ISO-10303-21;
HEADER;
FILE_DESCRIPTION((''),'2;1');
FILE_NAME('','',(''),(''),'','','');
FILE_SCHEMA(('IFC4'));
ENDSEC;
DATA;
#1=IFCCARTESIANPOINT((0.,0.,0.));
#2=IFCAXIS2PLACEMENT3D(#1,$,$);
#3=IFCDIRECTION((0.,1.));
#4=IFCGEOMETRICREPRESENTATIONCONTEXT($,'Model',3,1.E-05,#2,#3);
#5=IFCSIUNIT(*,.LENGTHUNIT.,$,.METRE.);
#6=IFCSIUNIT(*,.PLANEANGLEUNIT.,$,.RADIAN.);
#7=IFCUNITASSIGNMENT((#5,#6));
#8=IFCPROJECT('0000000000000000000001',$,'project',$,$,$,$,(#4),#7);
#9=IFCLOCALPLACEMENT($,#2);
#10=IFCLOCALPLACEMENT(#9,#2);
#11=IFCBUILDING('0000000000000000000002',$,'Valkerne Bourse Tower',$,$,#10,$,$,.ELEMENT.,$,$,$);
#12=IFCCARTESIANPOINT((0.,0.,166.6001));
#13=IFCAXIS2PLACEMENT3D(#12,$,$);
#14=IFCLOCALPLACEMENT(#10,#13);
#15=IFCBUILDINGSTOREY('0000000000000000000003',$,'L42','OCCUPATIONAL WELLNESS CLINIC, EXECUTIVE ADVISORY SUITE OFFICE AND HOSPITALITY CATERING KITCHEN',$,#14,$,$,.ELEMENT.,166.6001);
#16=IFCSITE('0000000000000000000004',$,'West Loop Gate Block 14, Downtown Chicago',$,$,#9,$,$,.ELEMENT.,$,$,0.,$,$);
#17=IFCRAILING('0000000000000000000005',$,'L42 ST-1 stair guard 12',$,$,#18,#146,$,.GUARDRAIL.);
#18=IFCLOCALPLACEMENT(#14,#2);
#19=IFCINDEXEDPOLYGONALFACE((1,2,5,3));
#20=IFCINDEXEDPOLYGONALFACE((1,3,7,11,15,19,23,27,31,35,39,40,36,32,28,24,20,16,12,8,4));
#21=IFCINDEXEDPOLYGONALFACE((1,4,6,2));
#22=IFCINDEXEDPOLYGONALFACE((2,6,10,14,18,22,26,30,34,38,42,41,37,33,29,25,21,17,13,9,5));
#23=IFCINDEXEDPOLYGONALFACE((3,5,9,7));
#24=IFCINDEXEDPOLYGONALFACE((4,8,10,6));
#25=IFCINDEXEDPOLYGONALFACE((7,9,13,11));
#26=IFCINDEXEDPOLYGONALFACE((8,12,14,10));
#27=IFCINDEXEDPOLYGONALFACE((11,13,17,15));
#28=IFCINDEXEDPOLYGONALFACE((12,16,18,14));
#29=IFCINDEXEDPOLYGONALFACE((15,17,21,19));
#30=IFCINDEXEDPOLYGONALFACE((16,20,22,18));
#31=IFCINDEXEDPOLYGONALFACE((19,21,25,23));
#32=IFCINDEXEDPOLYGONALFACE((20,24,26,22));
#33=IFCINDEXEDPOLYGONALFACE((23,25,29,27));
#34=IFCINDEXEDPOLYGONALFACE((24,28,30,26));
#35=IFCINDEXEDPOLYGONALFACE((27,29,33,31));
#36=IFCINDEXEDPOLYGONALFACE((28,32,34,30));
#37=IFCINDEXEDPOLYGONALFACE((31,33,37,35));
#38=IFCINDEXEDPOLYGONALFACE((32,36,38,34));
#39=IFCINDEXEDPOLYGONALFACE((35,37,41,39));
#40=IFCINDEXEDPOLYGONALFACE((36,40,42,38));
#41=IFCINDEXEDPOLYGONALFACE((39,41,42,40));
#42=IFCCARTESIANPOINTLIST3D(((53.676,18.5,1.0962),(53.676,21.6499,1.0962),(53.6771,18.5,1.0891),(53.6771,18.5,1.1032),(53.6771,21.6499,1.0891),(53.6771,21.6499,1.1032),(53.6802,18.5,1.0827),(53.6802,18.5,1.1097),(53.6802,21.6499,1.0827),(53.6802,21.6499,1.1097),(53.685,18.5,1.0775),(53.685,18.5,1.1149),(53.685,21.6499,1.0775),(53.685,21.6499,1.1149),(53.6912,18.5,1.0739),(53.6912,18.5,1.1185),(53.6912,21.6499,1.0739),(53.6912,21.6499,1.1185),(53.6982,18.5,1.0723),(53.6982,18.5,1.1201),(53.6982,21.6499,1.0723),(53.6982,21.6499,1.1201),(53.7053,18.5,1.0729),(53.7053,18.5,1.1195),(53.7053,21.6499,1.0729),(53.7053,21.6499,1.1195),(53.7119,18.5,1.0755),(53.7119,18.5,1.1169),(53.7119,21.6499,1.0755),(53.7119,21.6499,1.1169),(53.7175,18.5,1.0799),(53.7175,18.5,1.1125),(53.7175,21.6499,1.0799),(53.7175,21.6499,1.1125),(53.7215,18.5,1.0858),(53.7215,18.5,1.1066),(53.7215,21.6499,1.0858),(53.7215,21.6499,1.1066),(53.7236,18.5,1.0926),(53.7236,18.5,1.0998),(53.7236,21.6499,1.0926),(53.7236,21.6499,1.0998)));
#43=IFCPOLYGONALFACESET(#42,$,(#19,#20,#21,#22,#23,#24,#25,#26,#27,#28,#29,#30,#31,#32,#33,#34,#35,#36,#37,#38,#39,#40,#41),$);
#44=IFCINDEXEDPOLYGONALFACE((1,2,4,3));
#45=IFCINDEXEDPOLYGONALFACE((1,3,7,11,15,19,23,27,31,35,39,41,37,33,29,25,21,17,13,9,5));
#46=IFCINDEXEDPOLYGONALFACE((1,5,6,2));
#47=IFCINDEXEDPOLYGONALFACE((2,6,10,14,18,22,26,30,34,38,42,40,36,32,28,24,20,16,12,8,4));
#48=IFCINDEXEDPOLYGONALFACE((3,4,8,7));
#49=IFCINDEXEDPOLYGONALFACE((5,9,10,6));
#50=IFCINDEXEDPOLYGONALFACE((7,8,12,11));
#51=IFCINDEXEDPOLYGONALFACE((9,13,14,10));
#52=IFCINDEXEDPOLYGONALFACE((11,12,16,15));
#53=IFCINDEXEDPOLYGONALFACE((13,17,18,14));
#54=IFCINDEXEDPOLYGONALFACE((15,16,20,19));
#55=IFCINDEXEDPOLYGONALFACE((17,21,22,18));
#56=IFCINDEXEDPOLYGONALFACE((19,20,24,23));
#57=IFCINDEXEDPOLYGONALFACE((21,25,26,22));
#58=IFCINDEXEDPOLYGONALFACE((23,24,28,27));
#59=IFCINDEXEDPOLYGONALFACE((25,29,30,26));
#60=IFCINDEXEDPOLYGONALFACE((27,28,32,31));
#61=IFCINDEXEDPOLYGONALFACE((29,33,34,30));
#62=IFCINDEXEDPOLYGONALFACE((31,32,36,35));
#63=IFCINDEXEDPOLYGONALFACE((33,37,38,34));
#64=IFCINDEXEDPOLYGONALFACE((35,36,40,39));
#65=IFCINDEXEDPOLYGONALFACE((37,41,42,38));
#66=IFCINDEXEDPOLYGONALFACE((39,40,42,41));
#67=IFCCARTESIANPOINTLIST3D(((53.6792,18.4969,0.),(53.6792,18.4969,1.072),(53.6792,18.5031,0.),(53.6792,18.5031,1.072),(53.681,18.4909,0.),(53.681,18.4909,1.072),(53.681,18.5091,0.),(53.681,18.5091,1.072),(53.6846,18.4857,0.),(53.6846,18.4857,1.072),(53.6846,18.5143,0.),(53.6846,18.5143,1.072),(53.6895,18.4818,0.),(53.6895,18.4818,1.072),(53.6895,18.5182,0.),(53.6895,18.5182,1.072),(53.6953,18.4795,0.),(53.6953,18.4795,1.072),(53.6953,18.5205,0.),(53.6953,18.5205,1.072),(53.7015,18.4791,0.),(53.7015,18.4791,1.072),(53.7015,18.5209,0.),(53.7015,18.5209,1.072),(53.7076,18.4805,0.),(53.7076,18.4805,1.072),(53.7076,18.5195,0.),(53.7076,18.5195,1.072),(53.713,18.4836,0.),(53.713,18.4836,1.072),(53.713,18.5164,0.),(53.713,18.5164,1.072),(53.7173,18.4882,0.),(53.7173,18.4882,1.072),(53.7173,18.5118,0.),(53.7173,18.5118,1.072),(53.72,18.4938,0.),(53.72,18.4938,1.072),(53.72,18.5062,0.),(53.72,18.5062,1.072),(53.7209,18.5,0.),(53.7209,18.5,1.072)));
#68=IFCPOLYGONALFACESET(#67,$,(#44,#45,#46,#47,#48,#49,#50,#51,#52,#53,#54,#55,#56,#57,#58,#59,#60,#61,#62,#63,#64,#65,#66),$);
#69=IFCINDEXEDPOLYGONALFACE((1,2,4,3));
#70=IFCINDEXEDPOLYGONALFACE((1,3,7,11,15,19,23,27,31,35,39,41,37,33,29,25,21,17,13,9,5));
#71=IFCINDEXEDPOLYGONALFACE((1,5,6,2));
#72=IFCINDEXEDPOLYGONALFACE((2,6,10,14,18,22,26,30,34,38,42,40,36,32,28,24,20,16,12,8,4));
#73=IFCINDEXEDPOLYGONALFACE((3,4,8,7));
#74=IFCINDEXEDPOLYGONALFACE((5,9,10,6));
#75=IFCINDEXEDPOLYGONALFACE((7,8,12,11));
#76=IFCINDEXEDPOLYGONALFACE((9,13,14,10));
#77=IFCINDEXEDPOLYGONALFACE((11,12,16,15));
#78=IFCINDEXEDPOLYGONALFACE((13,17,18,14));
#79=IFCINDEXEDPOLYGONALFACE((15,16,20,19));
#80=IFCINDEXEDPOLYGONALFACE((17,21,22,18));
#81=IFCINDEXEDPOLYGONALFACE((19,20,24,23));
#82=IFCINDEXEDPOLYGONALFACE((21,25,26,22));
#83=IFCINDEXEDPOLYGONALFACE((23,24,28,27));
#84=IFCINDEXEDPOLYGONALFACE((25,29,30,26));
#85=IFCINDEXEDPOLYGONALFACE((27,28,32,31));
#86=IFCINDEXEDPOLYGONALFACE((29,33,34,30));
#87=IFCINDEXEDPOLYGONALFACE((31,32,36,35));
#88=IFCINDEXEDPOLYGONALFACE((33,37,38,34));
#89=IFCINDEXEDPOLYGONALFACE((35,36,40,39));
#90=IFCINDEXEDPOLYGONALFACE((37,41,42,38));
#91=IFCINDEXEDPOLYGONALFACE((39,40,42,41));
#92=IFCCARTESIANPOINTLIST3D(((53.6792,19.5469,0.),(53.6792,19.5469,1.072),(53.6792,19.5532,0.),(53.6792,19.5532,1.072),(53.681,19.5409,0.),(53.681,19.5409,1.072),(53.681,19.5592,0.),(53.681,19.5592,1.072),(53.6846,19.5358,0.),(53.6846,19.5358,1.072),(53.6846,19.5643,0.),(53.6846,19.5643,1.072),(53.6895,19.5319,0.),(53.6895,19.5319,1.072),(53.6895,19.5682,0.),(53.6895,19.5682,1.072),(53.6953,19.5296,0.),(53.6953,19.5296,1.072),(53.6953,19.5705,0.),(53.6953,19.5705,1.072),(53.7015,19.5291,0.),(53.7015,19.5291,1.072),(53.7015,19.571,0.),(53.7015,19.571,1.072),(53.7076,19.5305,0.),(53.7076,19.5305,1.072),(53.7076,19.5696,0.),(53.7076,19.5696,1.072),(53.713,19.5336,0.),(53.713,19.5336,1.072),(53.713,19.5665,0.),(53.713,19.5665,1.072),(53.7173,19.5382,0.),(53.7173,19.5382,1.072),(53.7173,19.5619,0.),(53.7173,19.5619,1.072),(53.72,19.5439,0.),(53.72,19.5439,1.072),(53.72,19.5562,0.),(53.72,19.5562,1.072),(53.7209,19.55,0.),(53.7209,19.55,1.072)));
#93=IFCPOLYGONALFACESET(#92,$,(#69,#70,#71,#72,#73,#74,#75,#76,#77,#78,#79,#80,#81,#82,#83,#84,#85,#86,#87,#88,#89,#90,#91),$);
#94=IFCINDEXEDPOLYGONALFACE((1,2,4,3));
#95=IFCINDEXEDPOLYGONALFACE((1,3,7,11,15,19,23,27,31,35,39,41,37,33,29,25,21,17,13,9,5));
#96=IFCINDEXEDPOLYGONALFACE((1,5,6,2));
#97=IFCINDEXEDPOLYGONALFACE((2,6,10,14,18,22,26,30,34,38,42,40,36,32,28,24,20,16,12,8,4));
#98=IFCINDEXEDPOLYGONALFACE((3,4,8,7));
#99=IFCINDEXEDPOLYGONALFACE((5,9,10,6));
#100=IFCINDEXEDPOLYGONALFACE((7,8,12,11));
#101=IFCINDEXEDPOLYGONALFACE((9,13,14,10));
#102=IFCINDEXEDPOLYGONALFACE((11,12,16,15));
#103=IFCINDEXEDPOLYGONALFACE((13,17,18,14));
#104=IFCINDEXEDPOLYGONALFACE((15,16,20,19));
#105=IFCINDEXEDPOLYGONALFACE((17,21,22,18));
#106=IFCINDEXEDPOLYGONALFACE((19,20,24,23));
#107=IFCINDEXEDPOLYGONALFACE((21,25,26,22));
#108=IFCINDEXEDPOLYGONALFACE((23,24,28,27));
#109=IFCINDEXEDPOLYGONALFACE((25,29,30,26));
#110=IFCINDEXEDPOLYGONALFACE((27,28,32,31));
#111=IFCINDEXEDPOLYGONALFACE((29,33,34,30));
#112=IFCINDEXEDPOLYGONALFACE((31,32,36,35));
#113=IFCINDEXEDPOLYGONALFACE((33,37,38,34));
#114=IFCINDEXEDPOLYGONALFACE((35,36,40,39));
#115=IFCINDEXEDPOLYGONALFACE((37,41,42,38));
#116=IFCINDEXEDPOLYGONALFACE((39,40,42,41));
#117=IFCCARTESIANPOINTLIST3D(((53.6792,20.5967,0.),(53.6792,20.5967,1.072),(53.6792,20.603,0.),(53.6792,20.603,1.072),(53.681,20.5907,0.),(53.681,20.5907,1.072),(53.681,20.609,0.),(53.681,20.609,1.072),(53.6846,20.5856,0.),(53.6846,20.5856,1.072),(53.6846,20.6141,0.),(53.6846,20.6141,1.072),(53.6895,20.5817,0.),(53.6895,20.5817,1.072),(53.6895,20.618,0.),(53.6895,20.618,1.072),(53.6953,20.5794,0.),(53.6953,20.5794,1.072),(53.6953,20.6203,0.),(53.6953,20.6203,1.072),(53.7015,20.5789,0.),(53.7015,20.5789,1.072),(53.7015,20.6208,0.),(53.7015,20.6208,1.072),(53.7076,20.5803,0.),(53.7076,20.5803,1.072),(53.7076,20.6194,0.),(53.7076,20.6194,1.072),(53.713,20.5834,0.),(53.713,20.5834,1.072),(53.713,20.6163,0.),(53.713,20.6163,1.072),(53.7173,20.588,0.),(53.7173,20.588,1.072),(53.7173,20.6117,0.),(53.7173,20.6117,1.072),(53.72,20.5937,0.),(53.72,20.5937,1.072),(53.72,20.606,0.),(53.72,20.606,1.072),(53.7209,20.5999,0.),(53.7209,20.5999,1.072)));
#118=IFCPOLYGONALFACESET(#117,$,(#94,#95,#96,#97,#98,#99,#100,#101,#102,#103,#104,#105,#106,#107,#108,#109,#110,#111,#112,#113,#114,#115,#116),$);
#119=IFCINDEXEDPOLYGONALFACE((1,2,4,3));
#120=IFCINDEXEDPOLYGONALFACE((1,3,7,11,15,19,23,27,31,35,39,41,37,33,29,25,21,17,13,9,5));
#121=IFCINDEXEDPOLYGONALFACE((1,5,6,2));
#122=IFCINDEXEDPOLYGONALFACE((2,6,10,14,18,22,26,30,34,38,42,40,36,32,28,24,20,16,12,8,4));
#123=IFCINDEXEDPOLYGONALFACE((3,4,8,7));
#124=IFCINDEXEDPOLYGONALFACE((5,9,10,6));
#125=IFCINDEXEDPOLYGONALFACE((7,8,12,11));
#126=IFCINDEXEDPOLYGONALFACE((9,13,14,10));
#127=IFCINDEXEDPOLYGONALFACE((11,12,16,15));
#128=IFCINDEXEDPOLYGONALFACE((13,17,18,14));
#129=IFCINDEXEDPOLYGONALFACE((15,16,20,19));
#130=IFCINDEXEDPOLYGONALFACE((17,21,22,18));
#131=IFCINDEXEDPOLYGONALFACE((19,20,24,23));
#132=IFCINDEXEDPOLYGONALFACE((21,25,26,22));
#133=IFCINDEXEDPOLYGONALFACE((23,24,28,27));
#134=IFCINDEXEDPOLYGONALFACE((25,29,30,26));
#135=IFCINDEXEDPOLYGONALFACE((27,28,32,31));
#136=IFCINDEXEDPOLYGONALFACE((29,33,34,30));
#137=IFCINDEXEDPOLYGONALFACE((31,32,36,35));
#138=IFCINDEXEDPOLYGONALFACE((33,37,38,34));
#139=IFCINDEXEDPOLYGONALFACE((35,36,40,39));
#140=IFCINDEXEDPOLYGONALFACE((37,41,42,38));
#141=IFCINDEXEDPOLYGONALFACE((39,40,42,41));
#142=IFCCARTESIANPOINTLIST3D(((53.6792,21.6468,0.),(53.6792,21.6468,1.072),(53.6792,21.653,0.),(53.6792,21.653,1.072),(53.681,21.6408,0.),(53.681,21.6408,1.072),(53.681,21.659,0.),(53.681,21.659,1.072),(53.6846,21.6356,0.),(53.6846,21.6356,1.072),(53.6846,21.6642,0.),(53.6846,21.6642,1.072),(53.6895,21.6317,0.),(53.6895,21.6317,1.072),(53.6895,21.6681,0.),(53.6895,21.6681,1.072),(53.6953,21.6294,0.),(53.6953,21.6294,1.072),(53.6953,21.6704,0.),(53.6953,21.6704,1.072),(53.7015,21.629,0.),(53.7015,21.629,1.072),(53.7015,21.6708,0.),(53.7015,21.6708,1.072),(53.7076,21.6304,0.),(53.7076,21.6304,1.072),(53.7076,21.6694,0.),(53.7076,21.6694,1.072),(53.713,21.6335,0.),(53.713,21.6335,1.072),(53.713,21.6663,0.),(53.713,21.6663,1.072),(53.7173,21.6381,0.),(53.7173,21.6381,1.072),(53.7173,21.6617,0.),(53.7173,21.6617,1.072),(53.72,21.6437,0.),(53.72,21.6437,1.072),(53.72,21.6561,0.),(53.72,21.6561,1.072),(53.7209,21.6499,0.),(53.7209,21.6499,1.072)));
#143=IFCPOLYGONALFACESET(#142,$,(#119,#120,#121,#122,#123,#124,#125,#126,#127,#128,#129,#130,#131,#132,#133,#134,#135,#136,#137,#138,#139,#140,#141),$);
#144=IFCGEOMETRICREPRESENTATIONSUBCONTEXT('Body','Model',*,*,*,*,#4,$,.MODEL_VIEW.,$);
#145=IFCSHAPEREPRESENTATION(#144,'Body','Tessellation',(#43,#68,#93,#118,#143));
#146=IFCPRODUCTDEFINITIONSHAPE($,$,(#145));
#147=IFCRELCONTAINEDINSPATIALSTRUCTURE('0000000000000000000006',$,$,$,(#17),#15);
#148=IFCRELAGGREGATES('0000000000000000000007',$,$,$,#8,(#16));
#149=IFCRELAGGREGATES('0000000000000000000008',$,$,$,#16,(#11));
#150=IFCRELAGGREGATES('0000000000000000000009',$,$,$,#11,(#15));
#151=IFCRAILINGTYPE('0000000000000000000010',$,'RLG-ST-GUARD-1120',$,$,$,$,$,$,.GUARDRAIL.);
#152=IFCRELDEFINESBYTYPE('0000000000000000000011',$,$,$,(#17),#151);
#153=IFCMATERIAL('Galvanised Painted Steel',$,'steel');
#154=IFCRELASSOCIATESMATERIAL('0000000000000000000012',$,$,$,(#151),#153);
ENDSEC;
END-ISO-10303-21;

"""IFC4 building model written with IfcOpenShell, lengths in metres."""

from ifc_helpers import new_model, si_unit, direction, frame, origin, origin_2d, place, context, subcontext, project, spatial, circle, extrude, material, type_object, element, save


model = new_model("IFC4")

# Units and contexts
model_context = context("Model", 3, precision=1e-05, world=origin(), true_north=direction((0.0, 1.0)))
body_context = subcontext(model_context, "Body", "Model", "MODEL_VIEW")
ifc_project = project(units=[si_unit("LENGTHUNIT", "METRE"), si_unit("PLANEANGLEUNIT", "RADIAN")], contexts=[model_context])

# Site, building, storey
site_placement = place(None, origin())
site = spatial("IfcSite", under=ifc_project, at=site_placement, Name="West Loop Gate Block 14, Downtown Chicago", CompositionType="ELEMENT", RefElevation=0.0)
building_placement = place(site_placement, origin())
building = spatial("IfcBuilding", under=site, at=building_placement, Name="Valkerne Bourse Tower", CompositionType="ELEMENT")
storey_placement = place(building_placement, frame((0.0, 0.0, 166.6001)))
storey = spatial("IfcBuildingStorey", under=building, at=storey_placement, Name="L42", Description="OCCUPATIONAL WELLNESS CLINIC, EXECUTIVE ADVISORY SUITE OFFICE AND HOSPITALITY CATERING KITCHEN", CompositionType="ELEMENT", Elevation=166.6001)

# Railing
ifc_material_1 = material(Name="Galvanised Painted Steel", Category="steel")
railing_type = type_object("IfcRailingType", Name="RLG-ST-GUARD-1120", PredefinedType="GUARDRAIL", material=ifc_material_1)
railing_1_placement = place(storey_placement, frame((53.7, 18.5, 0.0)))
element("IfcRailing", 1, at=railing_1_placement, inside=storey, type_object=railing_type, Name="L42 ST-1 stair guard 12", PredefinedType="GUARDRAIL", context=body_context, shape_type="SweptSolid", body=[
    extrude(circle(Radius=0.0239, at=origin_2d()), frame((0.0, 0.0, 1.0962), z_axis=(0.0, 1.0, 0.0), x_axis=(-1.0, 0.0, 0.0)), (0.0, 0.0, 1.0), 3.1499),
    extrude(circle(Radius=0.021, at=origin_2d()), origin(), (0.0, 0.0, 1.0), 1.072),
    extrude(circle(Radius=0.021, at=origin_2d()), frame((0.0, 1.05, 0.0)), (0.0, 0.0, 1.0), 1.072),
    extrude(circle(Radius=0.021, at=origin_2d()), frame((0.0, 2.0999, 0.0)), (0.0, 0.0, 1.0), 1.072),
    extrude(circle(Radius=0.021, at=origin_2d()), frame((0.0, 3.1499, 0.0)), (0.0, 0.0, 1.0), 1.072),
])

save(model, "model.ifc")
